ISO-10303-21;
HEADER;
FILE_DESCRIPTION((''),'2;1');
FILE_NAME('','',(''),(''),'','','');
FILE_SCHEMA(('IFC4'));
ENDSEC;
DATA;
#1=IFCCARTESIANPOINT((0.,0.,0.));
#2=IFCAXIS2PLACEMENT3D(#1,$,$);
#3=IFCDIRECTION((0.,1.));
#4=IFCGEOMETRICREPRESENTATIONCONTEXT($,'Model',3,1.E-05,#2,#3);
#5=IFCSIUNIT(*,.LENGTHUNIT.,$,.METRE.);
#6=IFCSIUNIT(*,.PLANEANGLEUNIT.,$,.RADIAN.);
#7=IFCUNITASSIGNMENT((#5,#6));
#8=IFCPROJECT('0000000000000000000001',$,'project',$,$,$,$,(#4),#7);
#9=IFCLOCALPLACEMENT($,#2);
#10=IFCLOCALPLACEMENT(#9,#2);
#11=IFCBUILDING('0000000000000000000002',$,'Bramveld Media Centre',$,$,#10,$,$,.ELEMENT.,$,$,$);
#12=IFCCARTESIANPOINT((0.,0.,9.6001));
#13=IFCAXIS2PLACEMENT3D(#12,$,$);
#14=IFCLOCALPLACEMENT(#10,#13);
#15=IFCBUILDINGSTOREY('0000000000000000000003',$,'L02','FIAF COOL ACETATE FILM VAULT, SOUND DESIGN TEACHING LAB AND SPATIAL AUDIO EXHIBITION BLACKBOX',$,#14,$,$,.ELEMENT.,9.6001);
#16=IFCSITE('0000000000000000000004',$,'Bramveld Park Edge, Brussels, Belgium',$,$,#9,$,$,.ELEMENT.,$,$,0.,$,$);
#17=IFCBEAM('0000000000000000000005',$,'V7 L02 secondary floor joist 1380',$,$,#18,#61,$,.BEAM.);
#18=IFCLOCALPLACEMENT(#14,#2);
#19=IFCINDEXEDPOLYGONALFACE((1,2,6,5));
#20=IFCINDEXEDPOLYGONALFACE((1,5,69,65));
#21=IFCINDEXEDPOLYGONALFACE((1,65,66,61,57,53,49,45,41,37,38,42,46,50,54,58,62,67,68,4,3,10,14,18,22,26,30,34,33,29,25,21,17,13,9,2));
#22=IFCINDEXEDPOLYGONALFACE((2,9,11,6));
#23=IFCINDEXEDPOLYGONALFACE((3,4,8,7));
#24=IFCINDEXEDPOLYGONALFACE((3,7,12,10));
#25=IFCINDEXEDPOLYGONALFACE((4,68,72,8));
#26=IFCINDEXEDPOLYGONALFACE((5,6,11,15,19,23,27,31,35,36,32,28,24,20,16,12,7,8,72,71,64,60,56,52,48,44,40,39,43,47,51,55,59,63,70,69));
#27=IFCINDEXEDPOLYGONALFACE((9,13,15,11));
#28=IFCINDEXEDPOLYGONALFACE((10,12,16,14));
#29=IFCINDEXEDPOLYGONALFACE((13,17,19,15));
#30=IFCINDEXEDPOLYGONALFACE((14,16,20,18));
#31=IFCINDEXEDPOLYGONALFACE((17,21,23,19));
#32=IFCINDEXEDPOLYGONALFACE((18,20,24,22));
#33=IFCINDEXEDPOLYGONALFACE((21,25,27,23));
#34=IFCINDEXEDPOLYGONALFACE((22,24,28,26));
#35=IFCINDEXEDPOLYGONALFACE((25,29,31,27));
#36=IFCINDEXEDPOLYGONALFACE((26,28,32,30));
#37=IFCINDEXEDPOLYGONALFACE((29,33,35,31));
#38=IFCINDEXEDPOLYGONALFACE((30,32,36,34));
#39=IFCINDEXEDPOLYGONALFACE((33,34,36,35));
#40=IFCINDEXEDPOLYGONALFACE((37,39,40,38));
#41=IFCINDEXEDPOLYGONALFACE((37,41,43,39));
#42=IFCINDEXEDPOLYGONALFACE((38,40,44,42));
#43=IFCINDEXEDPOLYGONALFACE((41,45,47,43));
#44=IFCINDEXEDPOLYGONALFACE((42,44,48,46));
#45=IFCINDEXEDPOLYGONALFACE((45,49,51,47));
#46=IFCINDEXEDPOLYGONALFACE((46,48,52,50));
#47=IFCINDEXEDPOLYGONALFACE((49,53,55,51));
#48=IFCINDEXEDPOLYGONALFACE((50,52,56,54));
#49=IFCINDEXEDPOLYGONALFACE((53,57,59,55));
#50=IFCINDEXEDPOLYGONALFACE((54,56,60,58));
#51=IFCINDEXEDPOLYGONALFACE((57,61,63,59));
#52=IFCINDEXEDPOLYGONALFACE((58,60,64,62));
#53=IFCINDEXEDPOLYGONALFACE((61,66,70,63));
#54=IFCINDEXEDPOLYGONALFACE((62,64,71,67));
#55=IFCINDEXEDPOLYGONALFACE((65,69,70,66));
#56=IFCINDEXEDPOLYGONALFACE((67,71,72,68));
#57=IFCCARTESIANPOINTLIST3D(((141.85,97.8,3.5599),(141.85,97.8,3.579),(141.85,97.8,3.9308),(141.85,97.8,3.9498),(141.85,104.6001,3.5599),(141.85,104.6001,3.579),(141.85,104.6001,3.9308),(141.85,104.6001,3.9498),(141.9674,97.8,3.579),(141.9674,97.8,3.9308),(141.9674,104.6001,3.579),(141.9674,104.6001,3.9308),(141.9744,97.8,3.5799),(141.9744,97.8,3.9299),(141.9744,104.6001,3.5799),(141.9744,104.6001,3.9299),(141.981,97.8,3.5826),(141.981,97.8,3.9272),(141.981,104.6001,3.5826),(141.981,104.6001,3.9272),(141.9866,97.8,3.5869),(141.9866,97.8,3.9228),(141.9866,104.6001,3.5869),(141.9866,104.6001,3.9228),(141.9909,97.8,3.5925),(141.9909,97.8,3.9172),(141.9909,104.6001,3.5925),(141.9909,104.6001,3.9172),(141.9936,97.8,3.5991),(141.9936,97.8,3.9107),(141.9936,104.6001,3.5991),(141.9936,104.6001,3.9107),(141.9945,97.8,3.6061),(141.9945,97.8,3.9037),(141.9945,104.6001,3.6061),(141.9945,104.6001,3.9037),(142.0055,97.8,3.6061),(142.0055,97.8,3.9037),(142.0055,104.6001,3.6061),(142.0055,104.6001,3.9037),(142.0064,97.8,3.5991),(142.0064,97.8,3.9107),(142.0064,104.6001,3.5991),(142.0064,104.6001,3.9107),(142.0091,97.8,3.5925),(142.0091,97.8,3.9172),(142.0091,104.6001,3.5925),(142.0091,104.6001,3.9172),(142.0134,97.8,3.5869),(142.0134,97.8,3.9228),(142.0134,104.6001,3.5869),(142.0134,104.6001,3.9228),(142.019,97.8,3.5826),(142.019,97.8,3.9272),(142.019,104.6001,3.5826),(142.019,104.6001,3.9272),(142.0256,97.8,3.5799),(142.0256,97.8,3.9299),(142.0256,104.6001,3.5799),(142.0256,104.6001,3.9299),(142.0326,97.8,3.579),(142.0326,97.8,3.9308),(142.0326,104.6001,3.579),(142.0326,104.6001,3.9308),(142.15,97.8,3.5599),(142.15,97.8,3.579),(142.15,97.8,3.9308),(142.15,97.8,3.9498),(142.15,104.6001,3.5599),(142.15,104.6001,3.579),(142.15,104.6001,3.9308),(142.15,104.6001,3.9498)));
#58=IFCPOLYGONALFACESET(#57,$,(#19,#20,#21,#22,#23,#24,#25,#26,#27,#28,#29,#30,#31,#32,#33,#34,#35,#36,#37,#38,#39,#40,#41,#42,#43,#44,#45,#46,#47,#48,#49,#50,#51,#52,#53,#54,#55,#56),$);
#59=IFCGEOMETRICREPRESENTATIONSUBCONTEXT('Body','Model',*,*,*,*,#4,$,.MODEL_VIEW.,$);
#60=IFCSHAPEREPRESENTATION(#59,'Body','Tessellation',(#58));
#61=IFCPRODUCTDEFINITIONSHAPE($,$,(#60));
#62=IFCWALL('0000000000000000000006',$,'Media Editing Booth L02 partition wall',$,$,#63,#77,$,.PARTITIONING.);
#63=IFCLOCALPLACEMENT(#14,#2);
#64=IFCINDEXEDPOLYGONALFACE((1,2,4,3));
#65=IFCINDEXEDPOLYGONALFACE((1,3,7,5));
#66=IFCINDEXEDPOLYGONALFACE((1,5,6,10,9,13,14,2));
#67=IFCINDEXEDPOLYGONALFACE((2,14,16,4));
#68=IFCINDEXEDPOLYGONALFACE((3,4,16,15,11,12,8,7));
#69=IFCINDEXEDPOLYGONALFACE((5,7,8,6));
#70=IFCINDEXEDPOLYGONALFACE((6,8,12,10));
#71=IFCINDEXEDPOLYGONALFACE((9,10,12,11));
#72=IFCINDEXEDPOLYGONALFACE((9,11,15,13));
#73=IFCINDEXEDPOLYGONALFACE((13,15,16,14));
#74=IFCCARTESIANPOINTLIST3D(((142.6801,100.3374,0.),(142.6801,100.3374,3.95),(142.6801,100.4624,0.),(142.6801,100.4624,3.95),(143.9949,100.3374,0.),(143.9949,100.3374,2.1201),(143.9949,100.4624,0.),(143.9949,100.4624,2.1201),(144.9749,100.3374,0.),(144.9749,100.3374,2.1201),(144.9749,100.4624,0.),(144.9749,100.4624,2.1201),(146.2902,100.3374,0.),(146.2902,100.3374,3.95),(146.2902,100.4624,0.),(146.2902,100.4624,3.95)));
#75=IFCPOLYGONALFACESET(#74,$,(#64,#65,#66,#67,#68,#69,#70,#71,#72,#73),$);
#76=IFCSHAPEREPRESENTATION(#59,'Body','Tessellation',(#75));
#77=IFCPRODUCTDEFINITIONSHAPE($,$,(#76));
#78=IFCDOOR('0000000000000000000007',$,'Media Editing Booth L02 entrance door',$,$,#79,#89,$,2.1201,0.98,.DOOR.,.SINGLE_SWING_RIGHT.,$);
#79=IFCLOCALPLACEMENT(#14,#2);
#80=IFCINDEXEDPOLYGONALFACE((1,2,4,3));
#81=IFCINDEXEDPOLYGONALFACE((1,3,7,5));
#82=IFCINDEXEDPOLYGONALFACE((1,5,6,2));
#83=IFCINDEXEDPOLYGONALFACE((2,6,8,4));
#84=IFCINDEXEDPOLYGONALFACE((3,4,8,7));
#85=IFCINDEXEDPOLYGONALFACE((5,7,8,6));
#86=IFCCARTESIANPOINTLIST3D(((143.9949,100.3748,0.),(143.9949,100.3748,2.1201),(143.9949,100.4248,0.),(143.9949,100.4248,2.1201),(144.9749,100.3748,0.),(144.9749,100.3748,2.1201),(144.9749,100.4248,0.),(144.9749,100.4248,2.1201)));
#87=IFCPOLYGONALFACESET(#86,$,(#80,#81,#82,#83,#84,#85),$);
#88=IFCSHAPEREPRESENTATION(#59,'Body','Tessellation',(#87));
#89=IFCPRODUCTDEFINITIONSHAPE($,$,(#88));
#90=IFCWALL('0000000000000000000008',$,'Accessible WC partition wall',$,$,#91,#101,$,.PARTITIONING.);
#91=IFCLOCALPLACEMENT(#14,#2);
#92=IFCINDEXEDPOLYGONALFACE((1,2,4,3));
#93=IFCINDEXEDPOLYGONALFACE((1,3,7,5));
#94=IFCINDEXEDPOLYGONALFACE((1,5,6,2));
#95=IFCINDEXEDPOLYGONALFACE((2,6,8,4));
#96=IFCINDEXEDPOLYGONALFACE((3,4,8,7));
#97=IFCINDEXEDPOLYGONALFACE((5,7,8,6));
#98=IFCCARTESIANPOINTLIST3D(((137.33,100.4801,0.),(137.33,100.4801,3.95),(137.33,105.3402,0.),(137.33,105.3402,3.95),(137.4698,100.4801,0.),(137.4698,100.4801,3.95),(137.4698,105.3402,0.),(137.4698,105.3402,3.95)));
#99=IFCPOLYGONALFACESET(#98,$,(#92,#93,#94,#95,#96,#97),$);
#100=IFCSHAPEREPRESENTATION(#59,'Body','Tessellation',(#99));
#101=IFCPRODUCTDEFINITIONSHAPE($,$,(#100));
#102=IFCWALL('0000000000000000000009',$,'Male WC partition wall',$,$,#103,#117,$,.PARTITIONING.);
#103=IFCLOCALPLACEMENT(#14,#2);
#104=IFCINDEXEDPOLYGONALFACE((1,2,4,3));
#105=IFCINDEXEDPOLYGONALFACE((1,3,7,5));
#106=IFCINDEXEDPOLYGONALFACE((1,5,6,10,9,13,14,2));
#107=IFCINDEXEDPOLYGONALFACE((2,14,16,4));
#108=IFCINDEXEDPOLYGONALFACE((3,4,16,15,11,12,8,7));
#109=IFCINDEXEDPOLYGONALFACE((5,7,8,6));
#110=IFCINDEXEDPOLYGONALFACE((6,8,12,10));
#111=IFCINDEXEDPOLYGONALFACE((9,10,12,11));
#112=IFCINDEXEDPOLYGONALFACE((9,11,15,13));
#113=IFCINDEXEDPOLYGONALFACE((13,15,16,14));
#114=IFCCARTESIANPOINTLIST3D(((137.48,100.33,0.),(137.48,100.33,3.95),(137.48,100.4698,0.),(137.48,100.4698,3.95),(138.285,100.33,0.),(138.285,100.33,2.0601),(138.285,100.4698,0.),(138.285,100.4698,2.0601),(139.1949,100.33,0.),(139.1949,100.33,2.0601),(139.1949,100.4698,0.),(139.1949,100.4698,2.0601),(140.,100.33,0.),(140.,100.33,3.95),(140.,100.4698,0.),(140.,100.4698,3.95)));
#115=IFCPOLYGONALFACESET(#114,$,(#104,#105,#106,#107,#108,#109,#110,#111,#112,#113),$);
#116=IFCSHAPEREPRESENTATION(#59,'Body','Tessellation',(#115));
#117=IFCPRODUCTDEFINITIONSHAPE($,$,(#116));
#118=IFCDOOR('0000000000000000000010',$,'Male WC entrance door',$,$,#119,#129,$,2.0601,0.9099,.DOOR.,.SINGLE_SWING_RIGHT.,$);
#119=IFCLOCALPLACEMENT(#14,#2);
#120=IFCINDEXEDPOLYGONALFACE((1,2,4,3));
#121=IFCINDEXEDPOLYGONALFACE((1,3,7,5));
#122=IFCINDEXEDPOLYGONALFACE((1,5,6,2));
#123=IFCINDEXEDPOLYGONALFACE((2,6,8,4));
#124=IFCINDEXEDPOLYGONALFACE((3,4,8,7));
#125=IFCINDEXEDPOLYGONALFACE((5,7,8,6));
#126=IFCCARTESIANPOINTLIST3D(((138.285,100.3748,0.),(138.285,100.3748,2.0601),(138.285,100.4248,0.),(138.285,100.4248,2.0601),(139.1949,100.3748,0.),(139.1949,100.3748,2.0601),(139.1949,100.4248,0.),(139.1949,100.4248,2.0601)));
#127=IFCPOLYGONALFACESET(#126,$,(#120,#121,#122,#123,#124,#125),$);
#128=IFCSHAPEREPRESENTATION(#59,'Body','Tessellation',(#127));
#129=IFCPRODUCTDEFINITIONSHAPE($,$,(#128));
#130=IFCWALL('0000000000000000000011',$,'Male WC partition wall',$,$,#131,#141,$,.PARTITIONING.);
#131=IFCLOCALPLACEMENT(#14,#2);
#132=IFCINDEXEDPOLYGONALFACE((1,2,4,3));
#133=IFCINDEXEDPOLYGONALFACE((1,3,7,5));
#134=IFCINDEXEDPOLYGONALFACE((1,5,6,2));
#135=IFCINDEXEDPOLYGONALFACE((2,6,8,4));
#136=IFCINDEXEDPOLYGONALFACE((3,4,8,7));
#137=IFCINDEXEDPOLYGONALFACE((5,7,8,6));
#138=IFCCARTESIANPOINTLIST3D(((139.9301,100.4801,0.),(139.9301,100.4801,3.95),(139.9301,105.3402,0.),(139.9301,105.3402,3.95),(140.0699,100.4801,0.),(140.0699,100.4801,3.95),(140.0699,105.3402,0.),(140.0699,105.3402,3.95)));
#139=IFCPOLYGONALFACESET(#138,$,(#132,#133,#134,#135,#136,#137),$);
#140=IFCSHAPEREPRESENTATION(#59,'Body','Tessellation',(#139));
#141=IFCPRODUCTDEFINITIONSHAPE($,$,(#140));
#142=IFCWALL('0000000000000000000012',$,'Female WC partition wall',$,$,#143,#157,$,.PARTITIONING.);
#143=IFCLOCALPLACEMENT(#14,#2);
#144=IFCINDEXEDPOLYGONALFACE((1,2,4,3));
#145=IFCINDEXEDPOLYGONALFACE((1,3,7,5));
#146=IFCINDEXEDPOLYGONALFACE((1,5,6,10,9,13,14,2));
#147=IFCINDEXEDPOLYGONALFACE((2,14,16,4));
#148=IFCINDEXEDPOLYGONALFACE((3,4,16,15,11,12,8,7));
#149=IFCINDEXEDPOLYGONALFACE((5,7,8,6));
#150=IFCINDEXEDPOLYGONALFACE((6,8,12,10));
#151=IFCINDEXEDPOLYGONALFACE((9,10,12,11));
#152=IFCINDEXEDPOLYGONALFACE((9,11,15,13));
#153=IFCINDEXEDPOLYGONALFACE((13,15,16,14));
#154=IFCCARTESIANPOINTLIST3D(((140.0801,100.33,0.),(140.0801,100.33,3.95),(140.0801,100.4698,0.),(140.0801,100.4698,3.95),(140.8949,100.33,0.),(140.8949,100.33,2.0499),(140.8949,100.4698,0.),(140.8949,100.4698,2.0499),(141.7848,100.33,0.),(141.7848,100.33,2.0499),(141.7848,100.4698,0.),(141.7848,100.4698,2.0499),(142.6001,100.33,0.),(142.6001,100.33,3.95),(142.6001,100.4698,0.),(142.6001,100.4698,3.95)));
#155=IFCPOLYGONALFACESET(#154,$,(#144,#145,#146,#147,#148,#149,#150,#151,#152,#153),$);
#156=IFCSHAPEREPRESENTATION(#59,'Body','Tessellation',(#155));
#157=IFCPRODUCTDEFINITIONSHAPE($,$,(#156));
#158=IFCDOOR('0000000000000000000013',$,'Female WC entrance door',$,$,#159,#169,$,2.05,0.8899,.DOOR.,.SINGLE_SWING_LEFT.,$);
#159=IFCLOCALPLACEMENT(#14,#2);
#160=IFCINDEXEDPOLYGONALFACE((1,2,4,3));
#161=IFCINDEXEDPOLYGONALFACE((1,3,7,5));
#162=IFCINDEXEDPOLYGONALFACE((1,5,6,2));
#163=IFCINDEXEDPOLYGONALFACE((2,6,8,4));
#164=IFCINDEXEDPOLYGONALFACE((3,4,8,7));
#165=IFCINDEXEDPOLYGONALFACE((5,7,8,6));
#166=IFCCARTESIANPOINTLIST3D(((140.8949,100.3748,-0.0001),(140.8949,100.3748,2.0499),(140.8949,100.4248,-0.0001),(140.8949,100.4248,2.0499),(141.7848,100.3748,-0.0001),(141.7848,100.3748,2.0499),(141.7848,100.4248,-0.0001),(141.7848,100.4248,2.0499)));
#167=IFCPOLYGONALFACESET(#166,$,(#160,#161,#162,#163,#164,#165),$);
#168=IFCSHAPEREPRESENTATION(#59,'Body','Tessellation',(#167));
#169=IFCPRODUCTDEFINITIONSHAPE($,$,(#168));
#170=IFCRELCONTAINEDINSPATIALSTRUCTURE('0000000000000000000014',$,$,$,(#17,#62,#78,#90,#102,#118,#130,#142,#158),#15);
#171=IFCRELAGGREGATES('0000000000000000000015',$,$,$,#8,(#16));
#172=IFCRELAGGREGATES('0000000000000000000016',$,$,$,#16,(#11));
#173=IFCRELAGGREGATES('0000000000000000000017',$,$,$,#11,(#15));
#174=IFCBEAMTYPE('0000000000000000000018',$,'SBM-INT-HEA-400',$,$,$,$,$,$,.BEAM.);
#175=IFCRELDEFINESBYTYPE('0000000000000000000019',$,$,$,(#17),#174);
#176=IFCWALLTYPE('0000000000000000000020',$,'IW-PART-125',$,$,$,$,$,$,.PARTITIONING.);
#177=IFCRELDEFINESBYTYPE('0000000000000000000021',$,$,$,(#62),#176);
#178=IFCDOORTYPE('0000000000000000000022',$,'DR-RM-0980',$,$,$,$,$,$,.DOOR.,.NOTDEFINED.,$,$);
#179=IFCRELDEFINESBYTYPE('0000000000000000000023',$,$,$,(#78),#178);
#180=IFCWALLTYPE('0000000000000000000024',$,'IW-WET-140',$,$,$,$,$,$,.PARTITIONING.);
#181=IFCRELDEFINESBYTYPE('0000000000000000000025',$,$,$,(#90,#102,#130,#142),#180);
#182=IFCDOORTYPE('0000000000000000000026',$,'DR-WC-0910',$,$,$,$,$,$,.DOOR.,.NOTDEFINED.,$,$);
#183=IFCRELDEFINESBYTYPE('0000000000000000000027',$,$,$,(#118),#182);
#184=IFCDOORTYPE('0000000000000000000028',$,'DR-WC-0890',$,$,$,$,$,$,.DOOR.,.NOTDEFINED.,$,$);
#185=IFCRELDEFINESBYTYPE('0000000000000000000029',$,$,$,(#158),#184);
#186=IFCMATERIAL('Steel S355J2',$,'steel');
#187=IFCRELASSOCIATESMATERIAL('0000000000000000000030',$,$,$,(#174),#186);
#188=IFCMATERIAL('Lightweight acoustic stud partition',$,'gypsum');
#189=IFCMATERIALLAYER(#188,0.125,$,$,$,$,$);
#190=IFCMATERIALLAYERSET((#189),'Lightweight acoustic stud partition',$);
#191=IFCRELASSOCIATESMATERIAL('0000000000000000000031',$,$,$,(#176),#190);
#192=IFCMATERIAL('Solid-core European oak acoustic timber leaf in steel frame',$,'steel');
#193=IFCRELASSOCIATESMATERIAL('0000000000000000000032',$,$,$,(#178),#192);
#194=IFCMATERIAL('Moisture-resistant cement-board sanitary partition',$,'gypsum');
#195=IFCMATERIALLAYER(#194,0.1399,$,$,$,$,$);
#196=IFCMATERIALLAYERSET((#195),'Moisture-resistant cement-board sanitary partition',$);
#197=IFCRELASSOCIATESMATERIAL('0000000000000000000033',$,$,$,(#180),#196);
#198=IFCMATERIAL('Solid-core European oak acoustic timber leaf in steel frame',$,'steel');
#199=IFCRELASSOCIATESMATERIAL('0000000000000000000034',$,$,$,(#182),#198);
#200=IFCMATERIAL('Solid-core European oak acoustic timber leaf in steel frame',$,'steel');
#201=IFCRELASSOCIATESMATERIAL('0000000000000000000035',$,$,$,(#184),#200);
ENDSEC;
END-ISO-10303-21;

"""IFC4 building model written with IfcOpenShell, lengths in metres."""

from ifc_helpers import new_model, si_unit, direction, frame, frame_2d, origin, origin_2d, place, context, subcontext, project, spatial, rectangle, i_section, extrude, material, layer, layer_set, material_profile, profile_set, type_object, element, fill, save


model = new_model("IFC4")

# Units and contexts
model_context = context("Model", 3, precision=1e-05, world=origin(), true_north=direction((0.0, 1.0)))
body_context = subcontext(model_context, "Body", "Model", "MODEL_VIEW")
ifc_project = project(units=[si_unit("LENGTHUNIT", "METRE"), si_unit("PLANEANGLEUNIT", "RADIAN")], contexts=[model_context])

# Site, building, storey
site_placement = place(None, origin())
site = spatial("IfcSite", under=ifc_project, at=site_placement, Name="Bramveld Park Edge, Brussels, Belgium", CompositionType="ELEMENT", RefElevation=0.0)
building_placement = place(site_placement, origin())
building = spatial("IfcBuilding", under=site, at=building_placement, Name="Bramveld Media Centre", CompositionType="ELEMENT")
storey_placement = place(building_placement, frame((0.0, 0.0, 9.6001)))
storey = spatial("IfcBuildingStorey", under=building, at=storey_placement, Name="L02", Description="FIAF COOL ACETATE FILM VAULT, SOUND DESIGN TEACHING LAB AND SPATIAL AUDIO EXHIBITION BLACKBOX", CompositionType="ELEMENT", Elevation=9.6001)

# Beam
ifc_material_1 = material(Name="Steel S355J2", Category="steel")
ifc_material_profile_1 = material_profile(ifc_material_1, i_section(OverallWidth=0.3, OverallDepth=0.3899, WebThickness=0.011, FlangeThickness=0.019, FilletRadius=0.0271, at=origin_2d()), Name="HEA 400")
ifc_profile_set_1 = profile_set([ifc_material_profile_1], Name="Steel S355J2")
beam_type_1 = type_object("IfcBeamType", Name="SBM-INT-HEA-400", PredefinedType="BEAM", material=ifc_profile_set_1)
beam_1_placement = place(storey_placement, frame((142.0, 97.8, 3.7549), z_axis=(0.0, 1.0, 0.0), x_axis=(-1.0, 0.0, 0.0)))
element("IfcBeam", 1, at=beam_1_placement, inside=storey, type_object=beam_type_1, Name="V7 L02 secondary floor joist 1380", PredefinedType="BEAM", context=body_context, shape_type="SweptSolid", body=[
    extrude(i_section(OverallWidth=0.3, OverallDepth=0.3899, WebThickness=0.011, FlangeThickness=0.019, FilletRadius=0.0271, at=origin_2d()), origin(), (0.0, 0.0, 1.0), 6.8),
])

# Wall, opening, door
ifc_material_2 = material(Name="Lightweight acoustic stud partition", Category="gypsum")
ifc_layer_1 = layer(ifc_material_2, 0.125)
ifc_layer_set_1 = layer_set([ifc_layer_1], Name="Lightweight acoustic stud partition")
wall_type_1 = type_object("IfcWallType", Name="IW-PART-125", PredefinedType="PARTITIONING", material=ifc_layer_set_1)
wall_1_placement = place(storey_placement, frame((142.6799, 100.3999, 0.0), z_axis=(0.0, 0.0, 1.0), x_axis=(1.0, 0.0, 0.0)))
wall_1 = element("IfcWall", 2, at=wall_1_placement, inside=storey, type_object=wall_type_1, Name="Media Editing Booth L02 partition wall", PredefinedType="PARTITIONING", context=body_context, shape_type="SweptSolid", body=[
    extrude(rectangle(XDim=3.6101, YDim=0.125, at=frame_2d((1.8052, 0.0))), origin(), (0.0, 0.0, 1.0), 3.95),
])
opening_1_placement = place(wall_1_placement, frame((1.3149, 0.0, 0.0)))
opening_1 = element("IfcOpeningElement", 3, at=opening_1_placement, cuts=wall_1, PredefinedType="OPENING", context=body_context, shape_type="SweptSolid", body=[
    extrude(rectangle(XDim=0.98, YDim=2.1201, at=frame_2d((0.49, 1.0601))), frame((0.0, 0.0745, 0.0), z_axis=(0.0, -1.0, 0.0), x_axis=(1.0, 0.0, 0.0)), (0.0, 0.0, 1.0), 0.1489),
])
ifc_material_3 = material(Name="Solid-core European oak acoustic timber leaf in steel frame", Category="steel")
door_type_1 = type_object("IfcDoorType", Name="DR-RM-0980", OperationType="NOTDEFINED", PredefinedType="DOOR", material=ifc_material_3)
door_1_placement = place(opening_1_placement, origin())
door_1 = element("IfcDoor", 4, at=door_1_placement, inside=storey, type_object=door_type_1, Name="Media Editing Booth L02 entrance door", OperationType="SINGLE_SWING_RIGHT", OverallHeight=2.1201, OverallWidth=0.98, PredefinedType="DOOR", context=body_context, shape_type="SweptSolid", body=[
    extrude(rectangle(XDim=0.98, YDim=2.1201, at=frame_2d((0.49, 1.0601))), frame((0.0, 0.0249, 0.0), z_axis=(0.0, -1.0, 0.0), x_axis=(1.0, 0.0, 0.0)), (0.0, 0.0, 1.0), 0.05),
])
fill(opening_1, door_1)

# Wall
ifc_material_4 = material(Name="Moisture-resistant cement-board sanitary partition", Category="gypsum")
ifc_layer_2 = layer(ifc_material_4, 0.1399)
ifc_layer_set_2 = layer_set([ifc_layer_2], Name="Moisture-resistant cement-board sanitary partition")
wall_type_2 = type_object("IfcWallType", Name="IW-WET-140", PredefinedType="PARTITIONING", material=ifc_layer_set_2)
wall_2_placement = place(storey_placement, frame((137.3999, 100.48, 0.0), z_axis=(0.0, 0.0, 1.0), x_axis=(0.0, 1.0, 0.0)))
element("IfcWall", 5, at=wall_2_placement, inside=storey, type_object=wall_type_2, Name="Accessible WC partition wall", PredefinedType="PARTITIONING", context=body_context, shape_type="SweptSolid", body=[
    extrude(rectangle(XDim=4.8601, YDim=0.1399, at=frame_2d((2.4302, 0.0))), origin(), (0.0, 0.0, 1.0), 3.95),
])

# Wall, opening, door
wall_3_placement = place(storey_placement, frame((137.48, 100.3999, 0.0), z_axis=(0.0, 0.0, 1.0), x_axis=(1.0, 0.0, 0.0)))
wall_3 = element("IfcWall", 6, at=wall_3_placement, inside=storey, type_object=wall_type_2, Name="Male WC partition wall", PredefinedType="PARTITIONING", context=body_context, shape_type="SweptSolid", body=[
    extrude(rectangle(XDim=2.52, YDim=0.1399, at=frame_2d((1.26, 0.0))), origin(), (0.0, 0.0, 1.0), 3.95),
])
opening_2_placement = place(wall_3_placement, frame((0.8049, 0.0, 0.0)))
opening_2 = element("IfcOpeningElement", 7, at=opening_2_placement, cuts=wall_3, PredefinedType="OPENING", context=body_context, shape_type="SweptSolid", body=[
    extrude(rectangle(XDim=0.9099, YDim=2.0601, at=frame_2d((0.4551, 1.03))), frame((0.0, 0.082, 0.0), z_axis=(0.0, -1.0, 0.0), x_axis=(1.0, 0.0, 0.0)), (0.0, 0.0, 1.0), 0.1638),
])
ifc_material_5 = material(Name="Solid-core European oak acoustic timber leaf in steel frame", Category="steel")
door_type_2 = type_object("IfcDoorType", Name="DR-WC-0910", OperationType="NOTDEFINED", PredefinedType="DOOR", material=ifc_material_5)
door_2_placement = place(opening_2_placement, origin())
door_2 = element("IfcDoor", 8, at=door_2_placement, inside=storey, type_object=door_type_2, Name="Male WC entrance door", OperationType="SINGLE_SWING_RIGHT", OverallHeight=2.0601, OverallWidth=0.9099, PredefinedType="DOOR", context=body_context, shape_type="SweptSolid", body=[
    extrude(rectangle(XDim=0.9099, YDim=2.0601, at=frame_2d((0.4551, 1.03))), frame((0.0, 0.0249, 0.0), z_axis=(0.0, -1.0, 0.0), x_axis=(1.0, 0.0, 0.0)), (0.0, 0.0, 1.0), 0.05),
])
fill(opening_2, door_2)

# Wall
wall_4_placement = place(storey_placement, frame((140.0, 100.48, 0.0), z_axis=(0.0, 0.0, 1.0), x_axis=(0.0, 1.0, 0.0)))
element("IfcWall", 9, at=wall_4_placement, inside=storey, type_object=wall_type_2, Name="Male WC partition wall", PredefinedType="PARTITIONING", context=body_context, shape_type="SweptSolid", body=[
    extrude(rectangle(XDim=4.8601, YDim=0.1399, at=frame_2d((2.4302, 0.0))), origin(), (0.0, 0.0, 1.0), 3.95),
])

# Wall, opening, door
wall_5_placement = place(storey_placement, frame((140.0801, 100.3999, 0.0), z_axis=(0.0, 0.0, 1.0), x_axis=(1.0, 0.0, 0.0)))
wall_5 = element("IfcWall", 10, at=wall_5_placement, inside=storey, type_object=wall_type_2, Name="Female WC partition wall", PredefinedType="PARTITIONING", context=body_context, shape_type="SweptSolid", body=[
    extrude(rectangle(XDim=2.52, YDim=0.1399, at=frame_2d((1.26, 0.0))), origin(), (0.0, 0.0, 1.0), 3.95),
])
opening_3_placement = place(wall_5_placement, frame((0.8149, 0.0, 0.0)))
opening_3 = element("IfcOpeningElement", 11, at=opening_3_placement, cuts=wall_5, PredefinedType="OPENING", context=body_context, shape_type="SweptSolid", body=[
    extrude(rectangle(XDim=0.8899, YDim=2.05, at=frame_2d((0.4448, 1.0249))), frame((0.0, 0.082, 0.0), z_axis=(0.0, -1.0, 0.0), x_axis=(1.0, 0.0, 0.0)), (0.0, 0.0, 1.0), 0.1638),
])
ifc_material_6 = material(Name="Solid-core European oak acoustic timber leaf in steel frame", Category="steel")
door_type_3 = type_object("IfcDoorType", Name="DR-WC-0890", OperationType="NOTDEFINED", PredefinedType="DOOR", material=ifc_material_6)
door_3_placement = place(opening_3_placement, origin())
door_3 = element("IfcDoor", 12, at=door_3_placement, inside=storey, type_object=door_type_3, Name="Female WC entrance door", OperationType="SINGLE_SWING_LEFT", OverallHeight=2.05, OverallWidth=0.8899, PredefinedType="DOOR", context=body_context, shape_type="SweptSolid", body=[
    extrude(rectangle(XDim=0.8899, YDim=2.05, at=frame_2d((0.4448, 1.0249))), frame((0.0, 0.0249, 0.0), z_axis=(0.0, -1.0, 0.0), x_axis=(1.0, 0.0, 0.0)), (0.0, 0.0, 1.0), 0.05),
])
fill(opening_3, door_3)

save(model, "model.ifc")
